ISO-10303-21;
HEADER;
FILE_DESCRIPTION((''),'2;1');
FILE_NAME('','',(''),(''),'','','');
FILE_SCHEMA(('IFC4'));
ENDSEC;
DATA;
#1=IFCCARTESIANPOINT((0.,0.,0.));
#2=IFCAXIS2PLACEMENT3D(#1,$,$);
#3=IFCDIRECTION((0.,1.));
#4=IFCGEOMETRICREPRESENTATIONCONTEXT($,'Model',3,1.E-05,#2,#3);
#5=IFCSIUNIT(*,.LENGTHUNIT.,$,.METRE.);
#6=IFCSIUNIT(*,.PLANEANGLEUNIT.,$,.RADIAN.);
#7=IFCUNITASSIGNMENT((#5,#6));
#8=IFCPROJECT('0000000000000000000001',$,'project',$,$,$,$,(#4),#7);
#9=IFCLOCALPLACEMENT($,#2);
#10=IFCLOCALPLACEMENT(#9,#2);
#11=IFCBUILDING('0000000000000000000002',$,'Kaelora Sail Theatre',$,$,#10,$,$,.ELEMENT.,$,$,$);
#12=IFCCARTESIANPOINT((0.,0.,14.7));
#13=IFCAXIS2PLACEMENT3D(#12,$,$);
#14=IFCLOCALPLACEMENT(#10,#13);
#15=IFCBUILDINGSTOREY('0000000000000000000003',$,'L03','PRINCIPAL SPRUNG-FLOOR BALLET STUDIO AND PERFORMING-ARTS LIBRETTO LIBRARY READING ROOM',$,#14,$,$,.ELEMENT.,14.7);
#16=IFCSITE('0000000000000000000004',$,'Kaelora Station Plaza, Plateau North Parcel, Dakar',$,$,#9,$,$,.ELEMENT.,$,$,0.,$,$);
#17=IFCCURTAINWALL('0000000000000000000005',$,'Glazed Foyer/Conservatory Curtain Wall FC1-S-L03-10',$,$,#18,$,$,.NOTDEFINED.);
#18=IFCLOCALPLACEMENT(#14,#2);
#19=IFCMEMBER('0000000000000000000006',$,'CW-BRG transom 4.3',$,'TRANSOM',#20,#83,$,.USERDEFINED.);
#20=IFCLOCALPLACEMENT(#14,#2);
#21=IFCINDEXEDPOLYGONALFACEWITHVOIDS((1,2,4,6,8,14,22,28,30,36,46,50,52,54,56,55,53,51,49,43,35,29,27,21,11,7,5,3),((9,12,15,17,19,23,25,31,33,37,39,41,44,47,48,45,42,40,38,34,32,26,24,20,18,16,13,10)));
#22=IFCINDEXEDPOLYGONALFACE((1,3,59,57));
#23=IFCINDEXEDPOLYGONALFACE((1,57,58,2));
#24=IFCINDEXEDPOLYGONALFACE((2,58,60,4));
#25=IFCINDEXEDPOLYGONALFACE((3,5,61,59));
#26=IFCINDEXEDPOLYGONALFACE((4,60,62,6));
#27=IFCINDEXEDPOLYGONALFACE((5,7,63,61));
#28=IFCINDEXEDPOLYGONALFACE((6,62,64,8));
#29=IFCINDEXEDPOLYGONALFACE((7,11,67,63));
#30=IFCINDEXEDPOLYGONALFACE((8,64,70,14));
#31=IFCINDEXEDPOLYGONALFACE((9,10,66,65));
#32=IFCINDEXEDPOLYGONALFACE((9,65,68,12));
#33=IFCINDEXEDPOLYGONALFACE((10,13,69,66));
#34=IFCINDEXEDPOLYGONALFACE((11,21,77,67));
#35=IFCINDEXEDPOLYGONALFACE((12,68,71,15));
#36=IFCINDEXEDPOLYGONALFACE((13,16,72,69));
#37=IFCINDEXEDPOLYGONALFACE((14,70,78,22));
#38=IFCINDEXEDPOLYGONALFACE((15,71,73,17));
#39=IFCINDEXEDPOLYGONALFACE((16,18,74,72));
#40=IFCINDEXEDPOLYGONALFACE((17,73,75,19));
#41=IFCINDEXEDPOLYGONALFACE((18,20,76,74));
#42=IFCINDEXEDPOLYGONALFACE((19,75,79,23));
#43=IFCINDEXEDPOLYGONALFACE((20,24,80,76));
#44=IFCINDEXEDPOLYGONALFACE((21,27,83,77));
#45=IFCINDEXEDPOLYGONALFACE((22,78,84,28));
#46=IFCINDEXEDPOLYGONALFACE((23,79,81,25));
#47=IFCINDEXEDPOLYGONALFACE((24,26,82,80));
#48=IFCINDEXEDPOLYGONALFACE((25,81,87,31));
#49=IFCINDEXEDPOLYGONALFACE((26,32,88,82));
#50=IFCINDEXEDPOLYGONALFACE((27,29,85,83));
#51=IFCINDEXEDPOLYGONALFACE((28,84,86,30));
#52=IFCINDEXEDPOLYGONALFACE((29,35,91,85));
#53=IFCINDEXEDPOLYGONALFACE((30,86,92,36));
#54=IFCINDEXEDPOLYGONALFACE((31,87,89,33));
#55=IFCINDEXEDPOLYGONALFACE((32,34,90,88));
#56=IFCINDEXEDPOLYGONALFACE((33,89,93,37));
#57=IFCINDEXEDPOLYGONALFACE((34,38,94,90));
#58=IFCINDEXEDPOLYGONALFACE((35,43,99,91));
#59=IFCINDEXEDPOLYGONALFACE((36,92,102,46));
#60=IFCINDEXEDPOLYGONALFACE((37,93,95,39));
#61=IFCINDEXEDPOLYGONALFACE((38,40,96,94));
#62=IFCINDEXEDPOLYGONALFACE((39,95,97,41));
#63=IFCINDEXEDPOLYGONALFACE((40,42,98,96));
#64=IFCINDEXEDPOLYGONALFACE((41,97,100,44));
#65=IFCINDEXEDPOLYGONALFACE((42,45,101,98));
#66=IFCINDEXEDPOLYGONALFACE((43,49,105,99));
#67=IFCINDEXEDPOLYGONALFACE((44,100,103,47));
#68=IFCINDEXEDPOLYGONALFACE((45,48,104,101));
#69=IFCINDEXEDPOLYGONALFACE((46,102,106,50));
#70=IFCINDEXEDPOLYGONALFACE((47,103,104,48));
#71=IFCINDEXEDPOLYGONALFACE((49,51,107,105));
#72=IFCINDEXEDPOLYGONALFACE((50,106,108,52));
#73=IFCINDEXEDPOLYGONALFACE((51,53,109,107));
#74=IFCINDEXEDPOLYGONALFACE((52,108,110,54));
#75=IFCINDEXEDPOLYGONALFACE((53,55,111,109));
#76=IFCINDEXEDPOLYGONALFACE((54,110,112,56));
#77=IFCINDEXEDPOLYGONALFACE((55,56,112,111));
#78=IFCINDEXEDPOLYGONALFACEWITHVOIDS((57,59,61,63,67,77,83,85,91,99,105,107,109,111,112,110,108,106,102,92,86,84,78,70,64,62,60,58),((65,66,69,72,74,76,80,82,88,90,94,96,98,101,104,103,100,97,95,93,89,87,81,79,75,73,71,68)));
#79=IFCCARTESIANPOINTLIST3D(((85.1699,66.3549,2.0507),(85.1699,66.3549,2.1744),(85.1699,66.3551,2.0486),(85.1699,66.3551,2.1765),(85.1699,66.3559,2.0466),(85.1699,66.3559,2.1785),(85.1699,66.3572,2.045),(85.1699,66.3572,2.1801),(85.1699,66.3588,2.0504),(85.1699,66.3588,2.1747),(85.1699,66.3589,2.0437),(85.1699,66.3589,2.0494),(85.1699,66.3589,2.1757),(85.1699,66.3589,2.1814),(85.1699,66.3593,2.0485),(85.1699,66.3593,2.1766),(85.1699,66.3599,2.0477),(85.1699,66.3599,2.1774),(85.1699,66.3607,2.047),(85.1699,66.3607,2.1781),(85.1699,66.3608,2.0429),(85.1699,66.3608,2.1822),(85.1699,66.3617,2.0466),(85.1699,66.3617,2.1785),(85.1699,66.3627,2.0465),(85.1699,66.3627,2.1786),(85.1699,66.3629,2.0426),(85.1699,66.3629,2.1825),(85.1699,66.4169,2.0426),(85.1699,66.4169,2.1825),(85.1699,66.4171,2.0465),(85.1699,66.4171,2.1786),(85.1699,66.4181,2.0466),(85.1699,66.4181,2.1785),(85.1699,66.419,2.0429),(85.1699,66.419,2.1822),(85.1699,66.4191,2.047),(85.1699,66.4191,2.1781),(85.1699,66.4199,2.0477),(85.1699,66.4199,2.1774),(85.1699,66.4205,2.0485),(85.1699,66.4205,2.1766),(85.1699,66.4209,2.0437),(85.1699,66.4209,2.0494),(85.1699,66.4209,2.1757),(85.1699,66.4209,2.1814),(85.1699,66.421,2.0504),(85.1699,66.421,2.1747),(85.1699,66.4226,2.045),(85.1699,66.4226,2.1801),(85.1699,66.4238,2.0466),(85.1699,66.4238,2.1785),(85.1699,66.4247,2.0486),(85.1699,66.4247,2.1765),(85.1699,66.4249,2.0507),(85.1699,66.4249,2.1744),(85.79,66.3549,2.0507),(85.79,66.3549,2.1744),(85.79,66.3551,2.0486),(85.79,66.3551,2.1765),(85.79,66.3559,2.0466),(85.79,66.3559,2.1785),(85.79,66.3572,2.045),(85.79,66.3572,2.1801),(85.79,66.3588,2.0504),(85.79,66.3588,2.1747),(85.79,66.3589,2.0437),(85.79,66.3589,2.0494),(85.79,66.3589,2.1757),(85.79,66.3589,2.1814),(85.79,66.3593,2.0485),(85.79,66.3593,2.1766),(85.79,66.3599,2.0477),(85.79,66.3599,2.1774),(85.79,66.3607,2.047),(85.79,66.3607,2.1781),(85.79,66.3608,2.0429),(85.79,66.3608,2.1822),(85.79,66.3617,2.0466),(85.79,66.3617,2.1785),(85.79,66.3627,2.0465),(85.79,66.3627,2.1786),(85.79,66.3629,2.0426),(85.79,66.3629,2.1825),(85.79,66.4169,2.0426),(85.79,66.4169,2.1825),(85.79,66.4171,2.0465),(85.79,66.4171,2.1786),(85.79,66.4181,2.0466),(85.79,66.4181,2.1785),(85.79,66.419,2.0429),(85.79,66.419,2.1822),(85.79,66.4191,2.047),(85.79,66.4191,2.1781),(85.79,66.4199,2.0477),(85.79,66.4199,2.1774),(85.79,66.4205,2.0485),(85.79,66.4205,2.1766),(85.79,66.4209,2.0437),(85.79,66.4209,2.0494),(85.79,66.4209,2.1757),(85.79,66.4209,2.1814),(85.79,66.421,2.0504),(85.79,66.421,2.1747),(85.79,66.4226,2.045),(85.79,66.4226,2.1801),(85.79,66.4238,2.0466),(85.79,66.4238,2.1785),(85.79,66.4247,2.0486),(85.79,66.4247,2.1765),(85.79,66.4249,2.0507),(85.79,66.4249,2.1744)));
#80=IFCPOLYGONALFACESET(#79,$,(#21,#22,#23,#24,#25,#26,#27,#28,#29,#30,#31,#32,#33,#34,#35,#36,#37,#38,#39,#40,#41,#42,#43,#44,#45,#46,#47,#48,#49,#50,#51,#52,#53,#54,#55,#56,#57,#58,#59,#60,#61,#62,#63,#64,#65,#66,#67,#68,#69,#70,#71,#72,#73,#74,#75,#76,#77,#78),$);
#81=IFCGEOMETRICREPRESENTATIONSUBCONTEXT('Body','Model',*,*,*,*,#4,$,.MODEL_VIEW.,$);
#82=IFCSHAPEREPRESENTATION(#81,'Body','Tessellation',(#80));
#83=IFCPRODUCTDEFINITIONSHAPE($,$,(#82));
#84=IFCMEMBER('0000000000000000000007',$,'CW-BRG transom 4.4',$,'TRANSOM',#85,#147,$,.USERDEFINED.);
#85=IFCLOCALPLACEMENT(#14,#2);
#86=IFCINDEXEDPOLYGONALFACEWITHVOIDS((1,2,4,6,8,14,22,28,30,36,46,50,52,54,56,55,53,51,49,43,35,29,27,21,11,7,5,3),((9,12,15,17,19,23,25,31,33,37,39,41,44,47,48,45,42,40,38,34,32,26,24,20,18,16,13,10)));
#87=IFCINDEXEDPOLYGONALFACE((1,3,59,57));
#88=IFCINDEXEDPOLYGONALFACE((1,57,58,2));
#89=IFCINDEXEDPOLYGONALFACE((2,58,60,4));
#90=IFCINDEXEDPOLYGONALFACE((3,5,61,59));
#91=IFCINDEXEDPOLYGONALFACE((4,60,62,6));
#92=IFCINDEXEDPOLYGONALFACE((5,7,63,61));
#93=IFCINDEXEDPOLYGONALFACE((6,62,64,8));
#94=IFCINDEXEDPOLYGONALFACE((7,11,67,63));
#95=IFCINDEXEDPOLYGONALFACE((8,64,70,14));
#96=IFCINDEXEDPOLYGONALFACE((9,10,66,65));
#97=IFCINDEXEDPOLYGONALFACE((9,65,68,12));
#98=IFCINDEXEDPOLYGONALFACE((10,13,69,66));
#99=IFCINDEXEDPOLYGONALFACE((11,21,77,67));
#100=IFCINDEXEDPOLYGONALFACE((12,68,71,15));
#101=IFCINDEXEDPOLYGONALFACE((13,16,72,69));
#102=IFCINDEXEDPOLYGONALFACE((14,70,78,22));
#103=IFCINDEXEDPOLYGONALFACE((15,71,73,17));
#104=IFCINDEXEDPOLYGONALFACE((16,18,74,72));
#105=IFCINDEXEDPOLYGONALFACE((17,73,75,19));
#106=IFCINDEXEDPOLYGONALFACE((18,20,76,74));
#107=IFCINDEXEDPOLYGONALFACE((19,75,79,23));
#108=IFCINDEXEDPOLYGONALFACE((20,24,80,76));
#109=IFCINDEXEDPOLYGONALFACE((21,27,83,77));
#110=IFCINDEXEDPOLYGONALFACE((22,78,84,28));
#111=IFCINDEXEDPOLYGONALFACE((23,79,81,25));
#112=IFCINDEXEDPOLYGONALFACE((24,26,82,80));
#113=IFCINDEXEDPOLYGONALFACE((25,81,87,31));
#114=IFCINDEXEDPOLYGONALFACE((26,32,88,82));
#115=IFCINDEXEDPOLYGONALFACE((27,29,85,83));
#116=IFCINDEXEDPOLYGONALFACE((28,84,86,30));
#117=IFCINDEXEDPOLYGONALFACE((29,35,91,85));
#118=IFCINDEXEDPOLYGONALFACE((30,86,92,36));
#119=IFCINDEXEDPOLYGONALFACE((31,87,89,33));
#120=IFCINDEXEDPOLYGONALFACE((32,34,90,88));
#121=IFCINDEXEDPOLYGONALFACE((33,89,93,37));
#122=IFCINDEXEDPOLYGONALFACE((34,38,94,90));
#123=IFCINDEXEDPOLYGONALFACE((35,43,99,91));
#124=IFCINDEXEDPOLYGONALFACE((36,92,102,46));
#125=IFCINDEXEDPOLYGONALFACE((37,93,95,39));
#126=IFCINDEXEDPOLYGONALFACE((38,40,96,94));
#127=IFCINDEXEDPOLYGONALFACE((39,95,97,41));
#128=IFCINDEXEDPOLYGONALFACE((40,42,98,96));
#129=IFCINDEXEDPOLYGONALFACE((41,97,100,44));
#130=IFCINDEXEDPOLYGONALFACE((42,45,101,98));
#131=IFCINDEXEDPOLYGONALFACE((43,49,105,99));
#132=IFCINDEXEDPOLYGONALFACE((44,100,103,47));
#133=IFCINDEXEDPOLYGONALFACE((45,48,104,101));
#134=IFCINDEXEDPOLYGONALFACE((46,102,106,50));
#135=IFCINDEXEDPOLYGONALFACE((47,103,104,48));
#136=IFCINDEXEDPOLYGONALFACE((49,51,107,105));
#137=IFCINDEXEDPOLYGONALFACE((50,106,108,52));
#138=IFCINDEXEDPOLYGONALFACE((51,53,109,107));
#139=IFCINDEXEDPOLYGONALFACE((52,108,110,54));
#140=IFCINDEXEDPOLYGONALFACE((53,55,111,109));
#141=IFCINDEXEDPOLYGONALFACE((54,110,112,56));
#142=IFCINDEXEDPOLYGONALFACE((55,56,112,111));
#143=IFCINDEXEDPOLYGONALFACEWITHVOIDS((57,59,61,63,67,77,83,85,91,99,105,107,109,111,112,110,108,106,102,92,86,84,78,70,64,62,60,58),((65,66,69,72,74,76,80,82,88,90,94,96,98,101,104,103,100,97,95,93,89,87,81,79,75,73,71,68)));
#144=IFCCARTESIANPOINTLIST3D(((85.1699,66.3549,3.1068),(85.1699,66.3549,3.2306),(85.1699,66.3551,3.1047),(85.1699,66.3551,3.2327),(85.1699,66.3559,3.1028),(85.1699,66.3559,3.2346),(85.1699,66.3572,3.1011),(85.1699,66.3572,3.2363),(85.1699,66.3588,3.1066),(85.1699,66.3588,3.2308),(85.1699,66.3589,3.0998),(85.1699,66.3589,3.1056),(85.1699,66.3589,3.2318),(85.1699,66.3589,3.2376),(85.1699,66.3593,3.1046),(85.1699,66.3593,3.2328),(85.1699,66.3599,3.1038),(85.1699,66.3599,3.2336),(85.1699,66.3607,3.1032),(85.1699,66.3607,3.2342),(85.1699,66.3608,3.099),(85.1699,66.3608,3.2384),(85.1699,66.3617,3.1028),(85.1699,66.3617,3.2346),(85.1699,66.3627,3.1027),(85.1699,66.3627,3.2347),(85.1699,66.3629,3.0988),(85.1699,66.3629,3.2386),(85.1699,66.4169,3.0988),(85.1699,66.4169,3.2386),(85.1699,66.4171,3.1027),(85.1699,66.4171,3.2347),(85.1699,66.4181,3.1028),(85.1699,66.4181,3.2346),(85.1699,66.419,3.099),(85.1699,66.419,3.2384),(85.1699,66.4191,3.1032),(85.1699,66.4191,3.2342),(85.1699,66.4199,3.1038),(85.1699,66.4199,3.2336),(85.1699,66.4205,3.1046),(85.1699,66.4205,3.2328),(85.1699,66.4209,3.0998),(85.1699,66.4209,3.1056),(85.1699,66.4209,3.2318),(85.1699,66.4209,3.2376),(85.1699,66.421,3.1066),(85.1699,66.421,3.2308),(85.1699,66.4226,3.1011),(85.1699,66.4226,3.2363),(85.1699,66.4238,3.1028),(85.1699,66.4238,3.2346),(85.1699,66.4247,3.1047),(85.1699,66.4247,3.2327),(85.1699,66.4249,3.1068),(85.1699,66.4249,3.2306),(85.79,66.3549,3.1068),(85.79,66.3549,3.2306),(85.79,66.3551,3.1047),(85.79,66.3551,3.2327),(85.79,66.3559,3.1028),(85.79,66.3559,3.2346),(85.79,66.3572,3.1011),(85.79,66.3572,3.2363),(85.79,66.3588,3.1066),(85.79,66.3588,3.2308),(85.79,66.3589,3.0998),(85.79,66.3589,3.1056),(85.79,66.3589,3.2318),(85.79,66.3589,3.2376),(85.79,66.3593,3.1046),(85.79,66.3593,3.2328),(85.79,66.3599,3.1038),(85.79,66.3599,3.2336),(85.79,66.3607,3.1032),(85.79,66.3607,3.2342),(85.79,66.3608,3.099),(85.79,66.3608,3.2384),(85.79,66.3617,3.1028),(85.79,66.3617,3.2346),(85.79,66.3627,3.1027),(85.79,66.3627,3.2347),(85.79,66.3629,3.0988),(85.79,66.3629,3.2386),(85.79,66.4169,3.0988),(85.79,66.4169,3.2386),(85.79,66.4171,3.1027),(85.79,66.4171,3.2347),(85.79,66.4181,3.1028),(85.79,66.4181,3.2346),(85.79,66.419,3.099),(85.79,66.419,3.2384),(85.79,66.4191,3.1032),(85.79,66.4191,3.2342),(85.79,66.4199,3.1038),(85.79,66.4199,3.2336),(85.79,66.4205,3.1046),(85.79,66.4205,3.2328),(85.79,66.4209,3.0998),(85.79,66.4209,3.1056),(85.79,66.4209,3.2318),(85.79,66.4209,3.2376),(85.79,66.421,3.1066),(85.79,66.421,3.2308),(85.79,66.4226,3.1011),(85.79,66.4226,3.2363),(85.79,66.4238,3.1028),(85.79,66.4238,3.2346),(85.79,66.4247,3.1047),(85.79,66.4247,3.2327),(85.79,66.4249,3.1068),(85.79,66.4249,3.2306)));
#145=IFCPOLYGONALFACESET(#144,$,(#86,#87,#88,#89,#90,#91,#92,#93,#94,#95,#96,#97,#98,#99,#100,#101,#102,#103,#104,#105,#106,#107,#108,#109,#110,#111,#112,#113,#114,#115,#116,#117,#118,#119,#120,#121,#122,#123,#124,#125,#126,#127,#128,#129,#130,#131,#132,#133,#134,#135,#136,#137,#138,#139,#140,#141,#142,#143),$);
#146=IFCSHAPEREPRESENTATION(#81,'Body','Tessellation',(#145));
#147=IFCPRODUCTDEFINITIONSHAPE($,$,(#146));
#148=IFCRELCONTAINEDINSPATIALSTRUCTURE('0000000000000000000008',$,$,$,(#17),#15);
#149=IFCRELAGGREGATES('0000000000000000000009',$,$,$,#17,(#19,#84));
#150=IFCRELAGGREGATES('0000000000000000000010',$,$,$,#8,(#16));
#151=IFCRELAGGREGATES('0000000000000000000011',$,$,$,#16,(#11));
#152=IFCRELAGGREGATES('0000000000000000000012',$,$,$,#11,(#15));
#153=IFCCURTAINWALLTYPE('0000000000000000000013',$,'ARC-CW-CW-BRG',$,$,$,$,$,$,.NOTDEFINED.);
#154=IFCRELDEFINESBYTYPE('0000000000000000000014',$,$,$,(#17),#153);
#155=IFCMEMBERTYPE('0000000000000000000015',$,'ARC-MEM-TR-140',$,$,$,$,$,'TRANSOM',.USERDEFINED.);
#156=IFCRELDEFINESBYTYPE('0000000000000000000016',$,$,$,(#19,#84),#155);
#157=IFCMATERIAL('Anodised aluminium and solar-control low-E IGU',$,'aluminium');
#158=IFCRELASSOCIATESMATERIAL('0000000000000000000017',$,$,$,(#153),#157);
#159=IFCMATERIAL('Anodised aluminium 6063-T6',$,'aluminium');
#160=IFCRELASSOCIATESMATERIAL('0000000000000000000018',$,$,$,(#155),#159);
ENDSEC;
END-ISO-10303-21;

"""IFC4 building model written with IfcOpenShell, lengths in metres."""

from ifc_helpers import new_model, si_unit, direction, frame, origin, origin_2d, place, context, subcontext, project, spatial, hollow_rectangle, extrude, material, material_profile, profile_set, type_object, element, aggregate, save


model = new_model("IFC4")

# Units and contexts
model_context = context("Model", 3, precision=1e-05, world=origin(), true_north=direction((0.0, 1.0)))
body_context = subcontext(model_context, "Body", "Model", "MODEL_VIEW")
ifc_project = project(units=[si_unit("LENGTHUNIT", "METRE"), si_unit("PLANEANGLEUNIT", "RADIAN")], contexts=[model_context])

# Site, building, storey
site_placement = place(None, origin())
site = spatial("IfcSite", under=ifc_project, at=site_placement, Name="Kaelora Station Plaza, Plateau North Parcel, Dakar", CompositionType="ELEMENT", RefElevation=0.0)
building_placement = place(site_placement, origin())
building = spatial("IfcBuilding", under=site, at=building_placement, Name="Kaelora Sail Theatre", CompositionType="ELEMENT")
storey_placement = place(building_placement, frame((0.0, 0.0, 14.7)))
storey = spatial("IfcBuildingStorey", under=building, at=storey_placement, Name="L03", Description="PRINCIPAL SPRUNG-FLOOR BALLET STUDIO AND PERFORMING-ARTS LIBRETTO LIBRARY READING ROOM", CompositionType="ELEMENT", Elevation=14.7)

# Curtain wall, members
ifc_material_1 = material(Name="Anodised aluminium and solar-control low-E IGU", Category="aluminium")
curtain_wall_type = type_object("IfcCurtainWallType", Name="ARC-CW-CW-BRG", PredefinedType="NOTDEFINED", material=ifc_material_1)
curtain_wall_placement = place(storey_placement, origin())
curtain_wall = element("IfcCurtainWall", 1, at=curtain_wall_placement, inside=storey, type_object=curtain_wall_type, Name="Glazed Foyer/Conservatory Curtain Wall FC1-S-L03-10", PredefinedType="NOTDEFINED")
ifc_material_2 = material(Name="Anodised aluminium 6063-T6", Category="aluminium")
ifc_material_profile_1 = material_profile(ifc_material_2, hollow_rectangle(XDim=0.0701, YDim=0.1399, WallThickness=0.0039, InnerFilletRadius=0.0039, OuterFilletRadius=0.0081, at=origin_2d()), Name="ALU-TRAN 70x140x4")
ifc_profile_set_1 = profile_set([ifc_material_profile_1], Name="Anodised aluminium 6063-T6")
member_type_1 = type_object("IfcMemberType", Name="ARC-MEM-TR-140", ElementType="TRANSOM", PredefinedType="USERDEFINED", material=ifc_profile_set_1)
member_1_placement = place(storey_placement, frame((85.1699, 66.3899, 2.1125), z_axis=(1.0, 0.0, 0.0), x_axis=(0.0, 1.0, 0.0)))
member_1 = element("IfcMember", 2, at=member_1_placement, type_object=member_type_1, Name="CW-BRG transom 4.3", ObjectType="TRANSOM", PredefinedType="USERDEFINED", context=body_context, shape_type="SweptSolid", body=[
    extrude(hollow_rectangle(XDim=0.0701, YDim=0.1399, WallThickness=0.0039, InnerFilletRadius=0.0039, OuterFilletRadius=0.0081, at=origin_2d()), origin(), (0.0, 0.0, 1.0), 0.6201),
])
member_2_placement = place(storey_placement, frame((85.1699, 66.3899, 3.1687), z_axis=(1.0, 0.0, 0.0), x_axis=(0.0, 1.0, 0.0)))
member_2 = element("IfcMember", 3, at=member_2_placement, type_object=member_type_1, Name="CW-BRG transom 4.4", ObjectType="TRANSOM", PredefinedType="USERDEFINED", context=body_context, shape_type="SweptSolid", body=[
    extrude(hollow_rectangle(XDim=0.0701, YDim=0.1399, WallThickness=0.0039, InnerFilletRadius=0.0039, OuterFilletRadius=0.0081, at=origin_2d()), origin(), (0.0, 0.0, 1.0), 0.6201),
])
aggregate(curtain_wall, [member_1, member_2])

save(model, "model.ifc")
